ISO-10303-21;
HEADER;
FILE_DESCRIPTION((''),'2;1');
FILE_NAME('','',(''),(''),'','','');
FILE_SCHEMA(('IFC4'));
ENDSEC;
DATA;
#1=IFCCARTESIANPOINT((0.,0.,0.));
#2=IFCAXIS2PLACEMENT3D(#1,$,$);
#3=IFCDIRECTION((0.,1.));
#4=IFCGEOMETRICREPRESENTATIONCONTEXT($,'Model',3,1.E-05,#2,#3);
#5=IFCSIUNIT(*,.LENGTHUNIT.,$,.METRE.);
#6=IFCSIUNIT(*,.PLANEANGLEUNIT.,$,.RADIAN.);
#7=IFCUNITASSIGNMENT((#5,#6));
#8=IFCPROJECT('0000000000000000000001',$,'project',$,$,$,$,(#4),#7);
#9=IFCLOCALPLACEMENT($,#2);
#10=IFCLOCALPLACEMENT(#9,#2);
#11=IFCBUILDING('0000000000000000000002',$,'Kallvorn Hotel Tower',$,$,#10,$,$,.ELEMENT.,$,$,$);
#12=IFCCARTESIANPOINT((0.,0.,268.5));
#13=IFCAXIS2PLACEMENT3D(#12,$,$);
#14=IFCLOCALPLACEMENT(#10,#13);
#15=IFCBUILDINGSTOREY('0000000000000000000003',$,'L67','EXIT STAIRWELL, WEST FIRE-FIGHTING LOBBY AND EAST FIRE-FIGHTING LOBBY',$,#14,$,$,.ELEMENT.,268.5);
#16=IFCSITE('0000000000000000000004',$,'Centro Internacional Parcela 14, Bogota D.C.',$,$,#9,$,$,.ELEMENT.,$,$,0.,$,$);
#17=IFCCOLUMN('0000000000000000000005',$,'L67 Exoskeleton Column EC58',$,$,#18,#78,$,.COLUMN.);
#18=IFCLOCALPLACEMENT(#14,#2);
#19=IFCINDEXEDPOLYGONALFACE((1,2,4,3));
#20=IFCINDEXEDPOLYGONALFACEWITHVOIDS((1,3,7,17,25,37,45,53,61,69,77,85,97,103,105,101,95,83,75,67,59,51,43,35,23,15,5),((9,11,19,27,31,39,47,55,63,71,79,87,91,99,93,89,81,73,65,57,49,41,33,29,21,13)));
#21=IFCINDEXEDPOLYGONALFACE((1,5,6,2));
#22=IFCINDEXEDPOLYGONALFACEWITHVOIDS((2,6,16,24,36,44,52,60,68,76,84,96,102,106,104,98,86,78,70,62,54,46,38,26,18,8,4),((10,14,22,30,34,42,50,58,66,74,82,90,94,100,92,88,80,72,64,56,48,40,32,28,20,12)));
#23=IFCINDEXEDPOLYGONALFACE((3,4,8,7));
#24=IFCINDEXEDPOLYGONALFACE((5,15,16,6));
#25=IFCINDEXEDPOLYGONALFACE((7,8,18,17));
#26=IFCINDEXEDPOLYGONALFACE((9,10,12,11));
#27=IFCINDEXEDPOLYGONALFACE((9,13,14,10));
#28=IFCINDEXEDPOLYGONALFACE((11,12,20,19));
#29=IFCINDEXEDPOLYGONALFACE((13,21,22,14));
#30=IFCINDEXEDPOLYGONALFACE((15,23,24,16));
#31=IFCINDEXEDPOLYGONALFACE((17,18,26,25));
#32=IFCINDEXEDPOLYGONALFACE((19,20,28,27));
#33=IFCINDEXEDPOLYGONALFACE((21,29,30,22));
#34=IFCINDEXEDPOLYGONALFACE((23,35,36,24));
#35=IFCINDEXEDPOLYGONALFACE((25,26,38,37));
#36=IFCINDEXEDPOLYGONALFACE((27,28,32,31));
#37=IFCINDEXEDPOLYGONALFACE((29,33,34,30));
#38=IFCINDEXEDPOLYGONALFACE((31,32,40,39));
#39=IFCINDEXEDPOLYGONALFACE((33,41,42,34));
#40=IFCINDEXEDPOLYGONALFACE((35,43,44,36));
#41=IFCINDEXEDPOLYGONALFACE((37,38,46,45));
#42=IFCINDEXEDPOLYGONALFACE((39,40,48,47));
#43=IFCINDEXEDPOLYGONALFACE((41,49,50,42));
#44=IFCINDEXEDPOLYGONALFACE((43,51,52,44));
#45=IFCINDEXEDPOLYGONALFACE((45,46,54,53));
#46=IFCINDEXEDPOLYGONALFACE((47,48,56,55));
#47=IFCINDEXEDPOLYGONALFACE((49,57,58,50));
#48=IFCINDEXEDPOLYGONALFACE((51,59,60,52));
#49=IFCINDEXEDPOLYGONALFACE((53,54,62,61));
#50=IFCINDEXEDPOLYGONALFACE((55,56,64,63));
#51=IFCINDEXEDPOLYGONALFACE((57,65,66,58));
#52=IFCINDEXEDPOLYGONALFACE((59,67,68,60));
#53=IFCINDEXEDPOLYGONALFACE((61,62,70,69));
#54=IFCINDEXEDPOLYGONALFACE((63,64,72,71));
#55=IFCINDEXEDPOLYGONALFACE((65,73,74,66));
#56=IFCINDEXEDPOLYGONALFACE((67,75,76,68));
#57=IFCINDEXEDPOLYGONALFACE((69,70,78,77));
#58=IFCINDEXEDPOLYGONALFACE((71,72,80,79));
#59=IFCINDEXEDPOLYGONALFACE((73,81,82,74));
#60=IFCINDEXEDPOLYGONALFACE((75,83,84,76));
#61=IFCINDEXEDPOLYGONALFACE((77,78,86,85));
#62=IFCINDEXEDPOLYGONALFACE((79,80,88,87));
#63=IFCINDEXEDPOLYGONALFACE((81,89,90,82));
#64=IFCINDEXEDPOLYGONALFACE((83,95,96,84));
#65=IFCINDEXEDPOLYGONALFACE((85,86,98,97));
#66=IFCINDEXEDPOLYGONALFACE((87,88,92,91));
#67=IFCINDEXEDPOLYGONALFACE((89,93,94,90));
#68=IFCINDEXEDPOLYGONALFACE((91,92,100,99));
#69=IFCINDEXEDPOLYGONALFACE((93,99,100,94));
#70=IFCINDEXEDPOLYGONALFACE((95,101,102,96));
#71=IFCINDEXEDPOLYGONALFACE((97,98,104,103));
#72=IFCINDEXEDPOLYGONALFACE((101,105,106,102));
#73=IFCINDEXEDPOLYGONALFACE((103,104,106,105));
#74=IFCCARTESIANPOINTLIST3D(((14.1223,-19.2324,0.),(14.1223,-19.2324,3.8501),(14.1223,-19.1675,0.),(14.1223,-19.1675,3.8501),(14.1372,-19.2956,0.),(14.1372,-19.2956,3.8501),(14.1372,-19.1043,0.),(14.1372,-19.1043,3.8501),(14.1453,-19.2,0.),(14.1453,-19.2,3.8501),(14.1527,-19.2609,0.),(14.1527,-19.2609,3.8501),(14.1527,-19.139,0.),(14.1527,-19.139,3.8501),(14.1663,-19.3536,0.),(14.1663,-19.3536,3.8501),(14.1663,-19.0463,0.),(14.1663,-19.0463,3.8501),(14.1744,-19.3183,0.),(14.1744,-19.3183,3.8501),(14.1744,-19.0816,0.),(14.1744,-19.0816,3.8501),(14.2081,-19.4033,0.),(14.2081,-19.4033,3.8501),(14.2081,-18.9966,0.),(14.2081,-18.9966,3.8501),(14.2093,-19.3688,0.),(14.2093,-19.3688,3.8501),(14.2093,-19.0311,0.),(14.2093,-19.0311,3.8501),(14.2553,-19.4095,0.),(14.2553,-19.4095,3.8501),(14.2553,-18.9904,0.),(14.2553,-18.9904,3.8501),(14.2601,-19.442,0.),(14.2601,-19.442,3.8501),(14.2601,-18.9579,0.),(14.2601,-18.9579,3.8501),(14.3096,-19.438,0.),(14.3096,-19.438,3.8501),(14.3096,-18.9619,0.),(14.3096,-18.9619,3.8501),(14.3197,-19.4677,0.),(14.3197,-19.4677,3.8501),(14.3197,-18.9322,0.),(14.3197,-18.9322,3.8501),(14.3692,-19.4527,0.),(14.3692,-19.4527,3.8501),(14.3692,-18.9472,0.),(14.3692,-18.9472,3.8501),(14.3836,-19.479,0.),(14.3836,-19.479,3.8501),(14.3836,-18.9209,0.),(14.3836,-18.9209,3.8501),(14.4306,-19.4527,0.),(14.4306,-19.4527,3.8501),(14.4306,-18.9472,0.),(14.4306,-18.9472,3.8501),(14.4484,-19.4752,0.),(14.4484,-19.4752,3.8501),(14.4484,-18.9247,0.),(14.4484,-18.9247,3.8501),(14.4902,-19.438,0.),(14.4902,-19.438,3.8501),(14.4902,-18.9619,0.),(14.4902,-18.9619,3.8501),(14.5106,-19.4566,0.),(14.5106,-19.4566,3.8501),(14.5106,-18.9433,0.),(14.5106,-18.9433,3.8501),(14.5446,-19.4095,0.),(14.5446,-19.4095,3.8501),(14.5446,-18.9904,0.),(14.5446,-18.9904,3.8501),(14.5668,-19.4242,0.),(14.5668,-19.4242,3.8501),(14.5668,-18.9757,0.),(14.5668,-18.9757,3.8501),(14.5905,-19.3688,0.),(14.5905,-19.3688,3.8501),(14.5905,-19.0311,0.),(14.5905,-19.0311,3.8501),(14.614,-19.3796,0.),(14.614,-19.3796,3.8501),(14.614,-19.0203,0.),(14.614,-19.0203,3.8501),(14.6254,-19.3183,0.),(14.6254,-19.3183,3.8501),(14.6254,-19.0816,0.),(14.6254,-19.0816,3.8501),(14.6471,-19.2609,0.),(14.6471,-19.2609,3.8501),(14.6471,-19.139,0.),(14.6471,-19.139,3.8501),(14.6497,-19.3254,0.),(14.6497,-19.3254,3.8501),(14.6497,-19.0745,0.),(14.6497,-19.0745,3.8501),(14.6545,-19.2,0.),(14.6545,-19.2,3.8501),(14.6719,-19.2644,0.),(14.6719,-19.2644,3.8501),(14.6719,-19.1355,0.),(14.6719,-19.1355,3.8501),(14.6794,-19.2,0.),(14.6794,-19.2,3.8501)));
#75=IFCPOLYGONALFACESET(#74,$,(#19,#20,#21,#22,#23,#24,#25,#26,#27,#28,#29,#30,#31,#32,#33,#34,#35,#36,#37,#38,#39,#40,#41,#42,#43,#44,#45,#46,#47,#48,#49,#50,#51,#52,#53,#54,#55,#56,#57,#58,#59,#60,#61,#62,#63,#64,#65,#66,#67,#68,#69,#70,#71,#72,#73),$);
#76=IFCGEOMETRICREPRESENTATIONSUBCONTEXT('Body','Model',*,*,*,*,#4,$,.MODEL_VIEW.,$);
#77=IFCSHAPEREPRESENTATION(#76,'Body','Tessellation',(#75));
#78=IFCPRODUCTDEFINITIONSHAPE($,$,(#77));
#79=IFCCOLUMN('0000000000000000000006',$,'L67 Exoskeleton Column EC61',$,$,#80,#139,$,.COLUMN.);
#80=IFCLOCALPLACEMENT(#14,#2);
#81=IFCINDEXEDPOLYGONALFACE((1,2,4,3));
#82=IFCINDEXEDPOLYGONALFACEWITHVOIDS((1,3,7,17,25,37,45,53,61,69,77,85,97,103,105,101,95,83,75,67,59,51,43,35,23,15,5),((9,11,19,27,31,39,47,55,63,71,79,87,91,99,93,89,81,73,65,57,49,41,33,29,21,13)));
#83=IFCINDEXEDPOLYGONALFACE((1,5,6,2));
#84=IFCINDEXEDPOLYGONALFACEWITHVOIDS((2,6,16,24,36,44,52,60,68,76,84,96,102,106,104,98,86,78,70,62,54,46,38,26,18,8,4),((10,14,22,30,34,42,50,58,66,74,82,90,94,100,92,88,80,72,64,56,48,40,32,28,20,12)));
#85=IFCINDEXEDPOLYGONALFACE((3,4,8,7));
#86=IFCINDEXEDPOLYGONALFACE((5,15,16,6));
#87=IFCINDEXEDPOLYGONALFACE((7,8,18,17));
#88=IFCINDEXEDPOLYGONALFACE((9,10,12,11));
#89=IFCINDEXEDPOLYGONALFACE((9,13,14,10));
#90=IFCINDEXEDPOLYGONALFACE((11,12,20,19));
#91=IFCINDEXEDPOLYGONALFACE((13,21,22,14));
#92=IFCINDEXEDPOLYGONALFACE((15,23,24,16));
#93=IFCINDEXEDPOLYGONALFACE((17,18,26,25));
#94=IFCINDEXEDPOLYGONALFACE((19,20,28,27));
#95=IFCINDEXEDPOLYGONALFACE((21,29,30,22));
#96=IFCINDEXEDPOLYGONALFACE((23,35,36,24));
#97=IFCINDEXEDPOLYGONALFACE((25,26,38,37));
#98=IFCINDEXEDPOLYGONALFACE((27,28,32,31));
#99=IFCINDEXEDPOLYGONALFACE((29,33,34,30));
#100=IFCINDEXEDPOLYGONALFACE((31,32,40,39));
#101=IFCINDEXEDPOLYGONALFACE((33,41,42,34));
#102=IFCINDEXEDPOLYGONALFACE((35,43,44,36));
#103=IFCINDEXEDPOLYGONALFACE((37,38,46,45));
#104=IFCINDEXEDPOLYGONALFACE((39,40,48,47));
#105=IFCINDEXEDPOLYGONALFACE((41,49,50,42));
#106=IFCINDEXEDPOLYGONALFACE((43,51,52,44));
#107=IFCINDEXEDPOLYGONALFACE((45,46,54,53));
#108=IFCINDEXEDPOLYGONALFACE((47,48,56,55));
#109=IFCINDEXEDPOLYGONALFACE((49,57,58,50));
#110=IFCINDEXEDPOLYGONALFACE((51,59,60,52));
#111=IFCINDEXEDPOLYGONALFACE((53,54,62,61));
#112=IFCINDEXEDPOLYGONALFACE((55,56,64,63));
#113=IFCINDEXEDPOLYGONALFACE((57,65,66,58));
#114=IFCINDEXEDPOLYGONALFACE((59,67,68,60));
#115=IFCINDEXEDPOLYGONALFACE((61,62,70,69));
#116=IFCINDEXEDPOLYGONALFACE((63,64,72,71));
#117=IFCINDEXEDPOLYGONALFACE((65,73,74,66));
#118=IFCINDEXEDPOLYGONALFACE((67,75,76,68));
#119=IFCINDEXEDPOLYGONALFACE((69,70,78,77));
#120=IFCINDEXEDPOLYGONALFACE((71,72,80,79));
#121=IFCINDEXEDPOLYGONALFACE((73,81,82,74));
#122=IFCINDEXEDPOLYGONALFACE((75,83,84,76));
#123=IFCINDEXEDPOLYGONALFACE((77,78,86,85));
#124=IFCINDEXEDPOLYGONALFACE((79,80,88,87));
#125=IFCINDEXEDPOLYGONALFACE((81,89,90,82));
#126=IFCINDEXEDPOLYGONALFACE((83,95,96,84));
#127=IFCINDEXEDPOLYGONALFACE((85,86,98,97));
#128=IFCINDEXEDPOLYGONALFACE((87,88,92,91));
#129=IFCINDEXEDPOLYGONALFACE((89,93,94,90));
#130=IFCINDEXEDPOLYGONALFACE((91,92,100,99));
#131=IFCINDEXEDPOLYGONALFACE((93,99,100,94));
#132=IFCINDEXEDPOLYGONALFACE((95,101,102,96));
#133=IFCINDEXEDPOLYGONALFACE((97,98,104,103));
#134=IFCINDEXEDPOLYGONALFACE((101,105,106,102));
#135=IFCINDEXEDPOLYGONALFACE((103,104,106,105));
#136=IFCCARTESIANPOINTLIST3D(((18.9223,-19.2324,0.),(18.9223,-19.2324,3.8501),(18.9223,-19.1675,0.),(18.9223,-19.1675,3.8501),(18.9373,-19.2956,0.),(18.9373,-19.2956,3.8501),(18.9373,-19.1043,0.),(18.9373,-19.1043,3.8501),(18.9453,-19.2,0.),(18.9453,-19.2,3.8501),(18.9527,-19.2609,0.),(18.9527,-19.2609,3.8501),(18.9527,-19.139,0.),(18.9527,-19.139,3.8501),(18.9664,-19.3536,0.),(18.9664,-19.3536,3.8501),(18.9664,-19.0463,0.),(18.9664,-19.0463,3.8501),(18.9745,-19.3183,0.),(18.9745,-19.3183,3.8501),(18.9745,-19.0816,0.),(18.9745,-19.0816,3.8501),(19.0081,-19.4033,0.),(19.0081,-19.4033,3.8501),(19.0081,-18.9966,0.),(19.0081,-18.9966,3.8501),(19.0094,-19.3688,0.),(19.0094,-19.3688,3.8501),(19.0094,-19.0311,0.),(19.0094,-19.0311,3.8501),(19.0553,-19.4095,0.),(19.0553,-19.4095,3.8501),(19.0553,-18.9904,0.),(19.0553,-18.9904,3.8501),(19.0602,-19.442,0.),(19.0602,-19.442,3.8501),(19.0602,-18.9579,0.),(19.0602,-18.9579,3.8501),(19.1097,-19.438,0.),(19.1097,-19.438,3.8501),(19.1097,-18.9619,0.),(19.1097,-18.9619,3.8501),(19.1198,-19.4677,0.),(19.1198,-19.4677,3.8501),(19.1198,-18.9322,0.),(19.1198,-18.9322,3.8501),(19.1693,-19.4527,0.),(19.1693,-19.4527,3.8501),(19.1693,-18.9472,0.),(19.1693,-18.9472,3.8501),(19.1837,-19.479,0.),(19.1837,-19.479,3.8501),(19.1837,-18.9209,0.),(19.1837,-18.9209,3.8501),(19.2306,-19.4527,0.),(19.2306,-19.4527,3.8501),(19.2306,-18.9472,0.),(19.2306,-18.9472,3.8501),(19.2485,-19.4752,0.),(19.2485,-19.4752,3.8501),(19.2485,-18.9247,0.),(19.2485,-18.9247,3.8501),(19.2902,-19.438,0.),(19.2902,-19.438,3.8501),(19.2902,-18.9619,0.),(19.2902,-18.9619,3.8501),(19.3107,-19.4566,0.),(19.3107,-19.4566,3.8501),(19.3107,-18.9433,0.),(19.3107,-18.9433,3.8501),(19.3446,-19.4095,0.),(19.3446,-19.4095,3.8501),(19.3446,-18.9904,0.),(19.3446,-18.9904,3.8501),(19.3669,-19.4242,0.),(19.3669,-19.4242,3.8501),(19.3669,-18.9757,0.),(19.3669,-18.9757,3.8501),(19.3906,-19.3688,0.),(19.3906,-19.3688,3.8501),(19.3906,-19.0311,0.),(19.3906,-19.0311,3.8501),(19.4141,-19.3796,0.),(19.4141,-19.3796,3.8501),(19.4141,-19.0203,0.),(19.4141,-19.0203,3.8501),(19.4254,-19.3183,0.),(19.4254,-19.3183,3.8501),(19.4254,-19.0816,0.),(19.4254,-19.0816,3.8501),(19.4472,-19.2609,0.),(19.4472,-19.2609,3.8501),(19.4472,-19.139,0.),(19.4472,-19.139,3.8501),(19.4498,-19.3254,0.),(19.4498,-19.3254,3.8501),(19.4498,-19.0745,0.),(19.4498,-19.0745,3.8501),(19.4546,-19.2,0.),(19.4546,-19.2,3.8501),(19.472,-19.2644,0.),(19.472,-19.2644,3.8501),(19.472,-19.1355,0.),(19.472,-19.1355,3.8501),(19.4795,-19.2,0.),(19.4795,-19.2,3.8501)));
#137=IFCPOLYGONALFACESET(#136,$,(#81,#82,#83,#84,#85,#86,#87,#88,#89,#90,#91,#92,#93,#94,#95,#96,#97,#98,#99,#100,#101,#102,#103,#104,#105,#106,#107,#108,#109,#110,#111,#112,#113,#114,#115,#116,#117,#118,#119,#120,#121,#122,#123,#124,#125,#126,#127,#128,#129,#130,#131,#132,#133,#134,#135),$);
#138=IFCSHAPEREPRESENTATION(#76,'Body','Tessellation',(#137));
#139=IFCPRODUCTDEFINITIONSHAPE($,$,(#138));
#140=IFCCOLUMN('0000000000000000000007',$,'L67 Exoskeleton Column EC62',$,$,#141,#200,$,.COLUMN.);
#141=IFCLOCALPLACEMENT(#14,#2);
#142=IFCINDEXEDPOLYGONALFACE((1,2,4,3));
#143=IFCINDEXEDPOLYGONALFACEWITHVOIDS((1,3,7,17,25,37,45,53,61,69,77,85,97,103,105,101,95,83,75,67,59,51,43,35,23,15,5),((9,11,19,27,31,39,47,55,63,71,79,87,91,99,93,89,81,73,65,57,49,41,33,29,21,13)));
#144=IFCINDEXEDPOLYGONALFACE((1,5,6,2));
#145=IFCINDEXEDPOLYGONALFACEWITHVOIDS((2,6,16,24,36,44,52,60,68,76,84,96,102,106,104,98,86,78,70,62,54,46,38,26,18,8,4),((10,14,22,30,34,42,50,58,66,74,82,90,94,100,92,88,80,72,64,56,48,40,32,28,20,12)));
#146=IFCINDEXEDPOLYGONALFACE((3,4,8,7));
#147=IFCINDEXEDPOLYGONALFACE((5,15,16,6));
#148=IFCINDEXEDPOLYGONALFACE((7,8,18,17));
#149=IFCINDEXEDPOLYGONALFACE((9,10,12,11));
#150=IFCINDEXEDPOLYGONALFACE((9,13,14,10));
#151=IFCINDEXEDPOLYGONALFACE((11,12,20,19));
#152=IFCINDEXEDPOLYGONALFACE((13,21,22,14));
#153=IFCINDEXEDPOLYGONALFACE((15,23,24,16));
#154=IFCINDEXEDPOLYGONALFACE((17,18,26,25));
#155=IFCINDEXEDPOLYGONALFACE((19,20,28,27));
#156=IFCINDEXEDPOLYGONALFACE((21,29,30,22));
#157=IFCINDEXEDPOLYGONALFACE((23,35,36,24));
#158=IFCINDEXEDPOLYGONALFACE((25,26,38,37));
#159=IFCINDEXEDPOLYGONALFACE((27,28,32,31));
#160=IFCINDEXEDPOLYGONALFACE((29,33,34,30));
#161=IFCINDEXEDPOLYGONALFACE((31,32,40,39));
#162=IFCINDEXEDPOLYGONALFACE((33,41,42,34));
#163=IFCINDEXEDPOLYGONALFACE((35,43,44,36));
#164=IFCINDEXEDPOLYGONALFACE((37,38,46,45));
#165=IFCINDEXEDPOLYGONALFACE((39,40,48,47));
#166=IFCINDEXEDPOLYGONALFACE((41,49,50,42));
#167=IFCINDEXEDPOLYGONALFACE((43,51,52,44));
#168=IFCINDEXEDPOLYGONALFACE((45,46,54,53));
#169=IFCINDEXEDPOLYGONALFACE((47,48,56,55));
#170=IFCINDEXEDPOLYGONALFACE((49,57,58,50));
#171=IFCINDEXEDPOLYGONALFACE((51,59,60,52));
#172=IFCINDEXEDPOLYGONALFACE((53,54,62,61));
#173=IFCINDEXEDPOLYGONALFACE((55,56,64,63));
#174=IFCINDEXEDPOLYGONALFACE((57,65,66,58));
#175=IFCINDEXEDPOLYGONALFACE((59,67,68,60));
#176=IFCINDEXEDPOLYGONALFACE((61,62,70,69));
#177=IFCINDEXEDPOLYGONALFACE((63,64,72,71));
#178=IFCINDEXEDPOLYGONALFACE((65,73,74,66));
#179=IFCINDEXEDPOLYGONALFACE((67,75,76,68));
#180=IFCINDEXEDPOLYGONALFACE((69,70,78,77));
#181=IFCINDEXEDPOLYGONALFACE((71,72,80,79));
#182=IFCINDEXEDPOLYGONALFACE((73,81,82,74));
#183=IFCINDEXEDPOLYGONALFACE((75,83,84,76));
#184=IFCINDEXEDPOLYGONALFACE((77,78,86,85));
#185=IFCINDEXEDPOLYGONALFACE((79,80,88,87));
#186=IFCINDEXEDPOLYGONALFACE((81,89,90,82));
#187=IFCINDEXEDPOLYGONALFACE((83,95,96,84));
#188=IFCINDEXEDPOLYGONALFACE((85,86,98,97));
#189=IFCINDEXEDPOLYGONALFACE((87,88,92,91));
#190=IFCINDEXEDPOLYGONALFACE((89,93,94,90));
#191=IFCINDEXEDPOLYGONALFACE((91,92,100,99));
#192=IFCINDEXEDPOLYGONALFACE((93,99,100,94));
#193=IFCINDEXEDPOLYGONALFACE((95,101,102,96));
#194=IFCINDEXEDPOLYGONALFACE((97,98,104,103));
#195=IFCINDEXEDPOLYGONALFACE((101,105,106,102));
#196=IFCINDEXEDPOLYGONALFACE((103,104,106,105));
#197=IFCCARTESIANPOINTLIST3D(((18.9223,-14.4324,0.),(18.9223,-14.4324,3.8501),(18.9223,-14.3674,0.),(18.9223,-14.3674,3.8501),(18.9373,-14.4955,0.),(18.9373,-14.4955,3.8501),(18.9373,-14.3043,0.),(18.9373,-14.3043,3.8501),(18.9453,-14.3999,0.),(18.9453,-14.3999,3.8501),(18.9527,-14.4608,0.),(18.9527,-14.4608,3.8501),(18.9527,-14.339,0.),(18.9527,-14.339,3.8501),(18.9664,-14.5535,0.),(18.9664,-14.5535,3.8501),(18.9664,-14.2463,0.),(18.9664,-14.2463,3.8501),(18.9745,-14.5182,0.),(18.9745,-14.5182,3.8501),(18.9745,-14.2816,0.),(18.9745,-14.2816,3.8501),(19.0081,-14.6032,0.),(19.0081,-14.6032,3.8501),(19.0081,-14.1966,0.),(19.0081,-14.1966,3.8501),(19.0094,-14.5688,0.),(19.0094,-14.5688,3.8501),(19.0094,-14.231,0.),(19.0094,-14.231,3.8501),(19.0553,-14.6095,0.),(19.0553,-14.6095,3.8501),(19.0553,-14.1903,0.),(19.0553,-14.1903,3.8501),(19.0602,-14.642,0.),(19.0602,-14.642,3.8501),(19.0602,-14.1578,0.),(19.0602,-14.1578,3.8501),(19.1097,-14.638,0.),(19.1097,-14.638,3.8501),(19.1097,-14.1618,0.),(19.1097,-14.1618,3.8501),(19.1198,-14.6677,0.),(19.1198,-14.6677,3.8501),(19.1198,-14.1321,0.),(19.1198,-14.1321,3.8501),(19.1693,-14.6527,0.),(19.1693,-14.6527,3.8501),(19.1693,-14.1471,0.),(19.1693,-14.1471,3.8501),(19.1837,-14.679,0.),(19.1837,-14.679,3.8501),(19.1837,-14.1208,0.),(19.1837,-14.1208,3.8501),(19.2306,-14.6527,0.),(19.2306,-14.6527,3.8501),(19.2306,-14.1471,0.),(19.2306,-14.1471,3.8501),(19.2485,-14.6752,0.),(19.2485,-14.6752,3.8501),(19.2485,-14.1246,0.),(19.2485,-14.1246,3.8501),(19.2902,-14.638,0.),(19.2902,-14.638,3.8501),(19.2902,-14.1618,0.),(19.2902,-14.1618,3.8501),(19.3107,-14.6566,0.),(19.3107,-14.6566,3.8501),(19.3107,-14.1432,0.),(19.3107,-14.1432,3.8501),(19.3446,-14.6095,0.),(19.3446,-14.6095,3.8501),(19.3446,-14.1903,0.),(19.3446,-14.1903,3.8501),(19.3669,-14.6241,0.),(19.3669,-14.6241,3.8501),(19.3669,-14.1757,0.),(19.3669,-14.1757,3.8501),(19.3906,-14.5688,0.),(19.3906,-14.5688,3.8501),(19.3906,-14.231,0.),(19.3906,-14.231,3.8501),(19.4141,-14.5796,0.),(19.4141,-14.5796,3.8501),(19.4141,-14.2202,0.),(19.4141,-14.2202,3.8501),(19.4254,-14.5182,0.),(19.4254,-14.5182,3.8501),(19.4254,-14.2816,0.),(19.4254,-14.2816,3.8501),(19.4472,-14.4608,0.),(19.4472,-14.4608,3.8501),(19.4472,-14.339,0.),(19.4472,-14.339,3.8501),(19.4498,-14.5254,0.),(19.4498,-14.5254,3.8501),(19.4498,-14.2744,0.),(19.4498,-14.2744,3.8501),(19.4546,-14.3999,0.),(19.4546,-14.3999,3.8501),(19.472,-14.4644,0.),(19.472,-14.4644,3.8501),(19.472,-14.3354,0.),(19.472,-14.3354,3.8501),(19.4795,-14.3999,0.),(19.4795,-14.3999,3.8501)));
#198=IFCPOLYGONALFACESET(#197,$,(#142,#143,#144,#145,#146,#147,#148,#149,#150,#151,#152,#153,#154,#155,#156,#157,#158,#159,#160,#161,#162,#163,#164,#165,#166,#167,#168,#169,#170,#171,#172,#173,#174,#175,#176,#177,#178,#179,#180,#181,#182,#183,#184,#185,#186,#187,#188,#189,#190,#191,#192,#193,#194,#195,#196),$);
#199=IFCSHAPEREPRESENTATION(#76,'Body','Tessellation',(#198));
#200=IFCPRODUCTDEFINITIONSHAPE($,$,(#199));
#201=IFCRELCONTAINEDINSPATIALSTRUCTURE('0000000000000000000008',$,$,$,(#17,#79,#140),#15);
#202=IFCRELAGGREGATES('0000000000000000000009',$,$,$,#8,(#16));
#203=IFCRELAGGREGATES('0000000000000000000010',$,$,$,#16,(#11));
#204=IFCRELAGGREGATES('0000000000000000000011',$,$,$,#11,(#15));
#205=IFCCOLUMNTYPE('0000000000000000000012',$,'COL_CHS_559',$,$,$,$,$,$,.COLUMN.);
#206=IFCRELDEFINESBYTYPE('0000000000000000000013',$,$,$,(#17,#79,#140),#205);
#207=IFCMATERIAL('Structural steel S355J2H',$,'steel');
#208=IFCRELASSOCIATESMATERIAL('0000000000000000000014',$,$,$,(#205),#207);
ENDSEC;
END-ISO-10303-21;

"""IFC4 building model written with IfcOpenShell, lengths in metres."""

from ifc_helpers import new_model, si_unit, direction, frame, origin, origin_2d, place, context, subcontext, project, spatial, hollow_circle, extrude, material, material_profile, profile_set, type_object, element, save


model = new_model("IFC4")

# Units and contexts
model_context = context("Model", 3, precision=1e-05, world=origin(), true_north=direction((0.0, 1.0)))
body_context = subcontext(model_context, "Body", "Model", "MODEL_VIEW")
ifc_project = project(units=[si_unit("LENGTHUNIT", "METRE"), si_unit("PLANEANGLEUNIT", "RADIAN")], contexts=[model_context])

# Site, building, storey
site_placement = place(None, origin())
site = spatial("IfcSite", under=ifc_project, at=site_placement, Name="Centro Internacional Parcela 14, Bogota D.C.", CompositionType="ELEMENT", RefElevation=0.0)
building_placement = place(site_placement, origin())
building = spatial("IfcBuilding", under=site, at=building_placement, Name="Kallvorn Hotel Tower", CompositionType="ELEMENT")
storey_placement = place(building_placement, frame((0.0, 0.0, 268.5)))
storey = spatial("IfcBuildingStorey", under=building, at=storey_placement, Name="L67", Description="EXIT STAIRWELL, WEST FIRE-FIGHTING LOBBY AND EAST FIRE-FIGHTING LOBBY", CompositionType="ELEMENT", Elevation=268.5)

# Columns
ifc_material_1 = material(Name="Structural steel S355J2H", Category="steel")
ifc_material_profile_1 = material_profile(ifc_material_1, hollow_circle(Radius=0.2795, WallThickness=0.0249, at=origin_2d()), Name="CHS 559x25")
ifc_profile_set_1 = profile_set([ifc_material_profile_1], Name="Structural steel S355J2H")
column_type_1 = type_object("IfcColumnType", Name="COL_CHS_559", PredefinedType="COLUMN", material=ifc_profile_set_1)
for number, where, z_axis, x_axis, name in (
    (1, (14.3999, -19.2, 0.0), (0.0, 0.0, 1.0), (1.0, 0.0, 0.0), "L67 Exoskeleton Column EC58"),
    (2, (19.2, -19.2, 0.0), (0.0, 0.0, 1.0), (1.0, 0.0, 0.0), "L67 Exoskeleton Column EC61"),
    (3, (19.2, -14.3999, 0.0), (0.0, 0.0, 1.0), (1.0, 0.0, 0.0), "L67 Exoskeleton Column EC62"),
):
    element("IfcColumn", number, at=place(storey_placement, frame(where, z_axis=z_axis, x_axis=x_axis)), inside=storey, type_object=column_type_1, Name=name, PredefinedType="COLUMN", context=body_context, shape_type="SweptSolid", body=[
        extrude(hollow_circle(Radius=0.2795, WallThickness=0.0249, at=origin_2d()), origin(), (0.0, 0.0, 1.0), 3.8501),
    ])

save(model, "model.ifc")
